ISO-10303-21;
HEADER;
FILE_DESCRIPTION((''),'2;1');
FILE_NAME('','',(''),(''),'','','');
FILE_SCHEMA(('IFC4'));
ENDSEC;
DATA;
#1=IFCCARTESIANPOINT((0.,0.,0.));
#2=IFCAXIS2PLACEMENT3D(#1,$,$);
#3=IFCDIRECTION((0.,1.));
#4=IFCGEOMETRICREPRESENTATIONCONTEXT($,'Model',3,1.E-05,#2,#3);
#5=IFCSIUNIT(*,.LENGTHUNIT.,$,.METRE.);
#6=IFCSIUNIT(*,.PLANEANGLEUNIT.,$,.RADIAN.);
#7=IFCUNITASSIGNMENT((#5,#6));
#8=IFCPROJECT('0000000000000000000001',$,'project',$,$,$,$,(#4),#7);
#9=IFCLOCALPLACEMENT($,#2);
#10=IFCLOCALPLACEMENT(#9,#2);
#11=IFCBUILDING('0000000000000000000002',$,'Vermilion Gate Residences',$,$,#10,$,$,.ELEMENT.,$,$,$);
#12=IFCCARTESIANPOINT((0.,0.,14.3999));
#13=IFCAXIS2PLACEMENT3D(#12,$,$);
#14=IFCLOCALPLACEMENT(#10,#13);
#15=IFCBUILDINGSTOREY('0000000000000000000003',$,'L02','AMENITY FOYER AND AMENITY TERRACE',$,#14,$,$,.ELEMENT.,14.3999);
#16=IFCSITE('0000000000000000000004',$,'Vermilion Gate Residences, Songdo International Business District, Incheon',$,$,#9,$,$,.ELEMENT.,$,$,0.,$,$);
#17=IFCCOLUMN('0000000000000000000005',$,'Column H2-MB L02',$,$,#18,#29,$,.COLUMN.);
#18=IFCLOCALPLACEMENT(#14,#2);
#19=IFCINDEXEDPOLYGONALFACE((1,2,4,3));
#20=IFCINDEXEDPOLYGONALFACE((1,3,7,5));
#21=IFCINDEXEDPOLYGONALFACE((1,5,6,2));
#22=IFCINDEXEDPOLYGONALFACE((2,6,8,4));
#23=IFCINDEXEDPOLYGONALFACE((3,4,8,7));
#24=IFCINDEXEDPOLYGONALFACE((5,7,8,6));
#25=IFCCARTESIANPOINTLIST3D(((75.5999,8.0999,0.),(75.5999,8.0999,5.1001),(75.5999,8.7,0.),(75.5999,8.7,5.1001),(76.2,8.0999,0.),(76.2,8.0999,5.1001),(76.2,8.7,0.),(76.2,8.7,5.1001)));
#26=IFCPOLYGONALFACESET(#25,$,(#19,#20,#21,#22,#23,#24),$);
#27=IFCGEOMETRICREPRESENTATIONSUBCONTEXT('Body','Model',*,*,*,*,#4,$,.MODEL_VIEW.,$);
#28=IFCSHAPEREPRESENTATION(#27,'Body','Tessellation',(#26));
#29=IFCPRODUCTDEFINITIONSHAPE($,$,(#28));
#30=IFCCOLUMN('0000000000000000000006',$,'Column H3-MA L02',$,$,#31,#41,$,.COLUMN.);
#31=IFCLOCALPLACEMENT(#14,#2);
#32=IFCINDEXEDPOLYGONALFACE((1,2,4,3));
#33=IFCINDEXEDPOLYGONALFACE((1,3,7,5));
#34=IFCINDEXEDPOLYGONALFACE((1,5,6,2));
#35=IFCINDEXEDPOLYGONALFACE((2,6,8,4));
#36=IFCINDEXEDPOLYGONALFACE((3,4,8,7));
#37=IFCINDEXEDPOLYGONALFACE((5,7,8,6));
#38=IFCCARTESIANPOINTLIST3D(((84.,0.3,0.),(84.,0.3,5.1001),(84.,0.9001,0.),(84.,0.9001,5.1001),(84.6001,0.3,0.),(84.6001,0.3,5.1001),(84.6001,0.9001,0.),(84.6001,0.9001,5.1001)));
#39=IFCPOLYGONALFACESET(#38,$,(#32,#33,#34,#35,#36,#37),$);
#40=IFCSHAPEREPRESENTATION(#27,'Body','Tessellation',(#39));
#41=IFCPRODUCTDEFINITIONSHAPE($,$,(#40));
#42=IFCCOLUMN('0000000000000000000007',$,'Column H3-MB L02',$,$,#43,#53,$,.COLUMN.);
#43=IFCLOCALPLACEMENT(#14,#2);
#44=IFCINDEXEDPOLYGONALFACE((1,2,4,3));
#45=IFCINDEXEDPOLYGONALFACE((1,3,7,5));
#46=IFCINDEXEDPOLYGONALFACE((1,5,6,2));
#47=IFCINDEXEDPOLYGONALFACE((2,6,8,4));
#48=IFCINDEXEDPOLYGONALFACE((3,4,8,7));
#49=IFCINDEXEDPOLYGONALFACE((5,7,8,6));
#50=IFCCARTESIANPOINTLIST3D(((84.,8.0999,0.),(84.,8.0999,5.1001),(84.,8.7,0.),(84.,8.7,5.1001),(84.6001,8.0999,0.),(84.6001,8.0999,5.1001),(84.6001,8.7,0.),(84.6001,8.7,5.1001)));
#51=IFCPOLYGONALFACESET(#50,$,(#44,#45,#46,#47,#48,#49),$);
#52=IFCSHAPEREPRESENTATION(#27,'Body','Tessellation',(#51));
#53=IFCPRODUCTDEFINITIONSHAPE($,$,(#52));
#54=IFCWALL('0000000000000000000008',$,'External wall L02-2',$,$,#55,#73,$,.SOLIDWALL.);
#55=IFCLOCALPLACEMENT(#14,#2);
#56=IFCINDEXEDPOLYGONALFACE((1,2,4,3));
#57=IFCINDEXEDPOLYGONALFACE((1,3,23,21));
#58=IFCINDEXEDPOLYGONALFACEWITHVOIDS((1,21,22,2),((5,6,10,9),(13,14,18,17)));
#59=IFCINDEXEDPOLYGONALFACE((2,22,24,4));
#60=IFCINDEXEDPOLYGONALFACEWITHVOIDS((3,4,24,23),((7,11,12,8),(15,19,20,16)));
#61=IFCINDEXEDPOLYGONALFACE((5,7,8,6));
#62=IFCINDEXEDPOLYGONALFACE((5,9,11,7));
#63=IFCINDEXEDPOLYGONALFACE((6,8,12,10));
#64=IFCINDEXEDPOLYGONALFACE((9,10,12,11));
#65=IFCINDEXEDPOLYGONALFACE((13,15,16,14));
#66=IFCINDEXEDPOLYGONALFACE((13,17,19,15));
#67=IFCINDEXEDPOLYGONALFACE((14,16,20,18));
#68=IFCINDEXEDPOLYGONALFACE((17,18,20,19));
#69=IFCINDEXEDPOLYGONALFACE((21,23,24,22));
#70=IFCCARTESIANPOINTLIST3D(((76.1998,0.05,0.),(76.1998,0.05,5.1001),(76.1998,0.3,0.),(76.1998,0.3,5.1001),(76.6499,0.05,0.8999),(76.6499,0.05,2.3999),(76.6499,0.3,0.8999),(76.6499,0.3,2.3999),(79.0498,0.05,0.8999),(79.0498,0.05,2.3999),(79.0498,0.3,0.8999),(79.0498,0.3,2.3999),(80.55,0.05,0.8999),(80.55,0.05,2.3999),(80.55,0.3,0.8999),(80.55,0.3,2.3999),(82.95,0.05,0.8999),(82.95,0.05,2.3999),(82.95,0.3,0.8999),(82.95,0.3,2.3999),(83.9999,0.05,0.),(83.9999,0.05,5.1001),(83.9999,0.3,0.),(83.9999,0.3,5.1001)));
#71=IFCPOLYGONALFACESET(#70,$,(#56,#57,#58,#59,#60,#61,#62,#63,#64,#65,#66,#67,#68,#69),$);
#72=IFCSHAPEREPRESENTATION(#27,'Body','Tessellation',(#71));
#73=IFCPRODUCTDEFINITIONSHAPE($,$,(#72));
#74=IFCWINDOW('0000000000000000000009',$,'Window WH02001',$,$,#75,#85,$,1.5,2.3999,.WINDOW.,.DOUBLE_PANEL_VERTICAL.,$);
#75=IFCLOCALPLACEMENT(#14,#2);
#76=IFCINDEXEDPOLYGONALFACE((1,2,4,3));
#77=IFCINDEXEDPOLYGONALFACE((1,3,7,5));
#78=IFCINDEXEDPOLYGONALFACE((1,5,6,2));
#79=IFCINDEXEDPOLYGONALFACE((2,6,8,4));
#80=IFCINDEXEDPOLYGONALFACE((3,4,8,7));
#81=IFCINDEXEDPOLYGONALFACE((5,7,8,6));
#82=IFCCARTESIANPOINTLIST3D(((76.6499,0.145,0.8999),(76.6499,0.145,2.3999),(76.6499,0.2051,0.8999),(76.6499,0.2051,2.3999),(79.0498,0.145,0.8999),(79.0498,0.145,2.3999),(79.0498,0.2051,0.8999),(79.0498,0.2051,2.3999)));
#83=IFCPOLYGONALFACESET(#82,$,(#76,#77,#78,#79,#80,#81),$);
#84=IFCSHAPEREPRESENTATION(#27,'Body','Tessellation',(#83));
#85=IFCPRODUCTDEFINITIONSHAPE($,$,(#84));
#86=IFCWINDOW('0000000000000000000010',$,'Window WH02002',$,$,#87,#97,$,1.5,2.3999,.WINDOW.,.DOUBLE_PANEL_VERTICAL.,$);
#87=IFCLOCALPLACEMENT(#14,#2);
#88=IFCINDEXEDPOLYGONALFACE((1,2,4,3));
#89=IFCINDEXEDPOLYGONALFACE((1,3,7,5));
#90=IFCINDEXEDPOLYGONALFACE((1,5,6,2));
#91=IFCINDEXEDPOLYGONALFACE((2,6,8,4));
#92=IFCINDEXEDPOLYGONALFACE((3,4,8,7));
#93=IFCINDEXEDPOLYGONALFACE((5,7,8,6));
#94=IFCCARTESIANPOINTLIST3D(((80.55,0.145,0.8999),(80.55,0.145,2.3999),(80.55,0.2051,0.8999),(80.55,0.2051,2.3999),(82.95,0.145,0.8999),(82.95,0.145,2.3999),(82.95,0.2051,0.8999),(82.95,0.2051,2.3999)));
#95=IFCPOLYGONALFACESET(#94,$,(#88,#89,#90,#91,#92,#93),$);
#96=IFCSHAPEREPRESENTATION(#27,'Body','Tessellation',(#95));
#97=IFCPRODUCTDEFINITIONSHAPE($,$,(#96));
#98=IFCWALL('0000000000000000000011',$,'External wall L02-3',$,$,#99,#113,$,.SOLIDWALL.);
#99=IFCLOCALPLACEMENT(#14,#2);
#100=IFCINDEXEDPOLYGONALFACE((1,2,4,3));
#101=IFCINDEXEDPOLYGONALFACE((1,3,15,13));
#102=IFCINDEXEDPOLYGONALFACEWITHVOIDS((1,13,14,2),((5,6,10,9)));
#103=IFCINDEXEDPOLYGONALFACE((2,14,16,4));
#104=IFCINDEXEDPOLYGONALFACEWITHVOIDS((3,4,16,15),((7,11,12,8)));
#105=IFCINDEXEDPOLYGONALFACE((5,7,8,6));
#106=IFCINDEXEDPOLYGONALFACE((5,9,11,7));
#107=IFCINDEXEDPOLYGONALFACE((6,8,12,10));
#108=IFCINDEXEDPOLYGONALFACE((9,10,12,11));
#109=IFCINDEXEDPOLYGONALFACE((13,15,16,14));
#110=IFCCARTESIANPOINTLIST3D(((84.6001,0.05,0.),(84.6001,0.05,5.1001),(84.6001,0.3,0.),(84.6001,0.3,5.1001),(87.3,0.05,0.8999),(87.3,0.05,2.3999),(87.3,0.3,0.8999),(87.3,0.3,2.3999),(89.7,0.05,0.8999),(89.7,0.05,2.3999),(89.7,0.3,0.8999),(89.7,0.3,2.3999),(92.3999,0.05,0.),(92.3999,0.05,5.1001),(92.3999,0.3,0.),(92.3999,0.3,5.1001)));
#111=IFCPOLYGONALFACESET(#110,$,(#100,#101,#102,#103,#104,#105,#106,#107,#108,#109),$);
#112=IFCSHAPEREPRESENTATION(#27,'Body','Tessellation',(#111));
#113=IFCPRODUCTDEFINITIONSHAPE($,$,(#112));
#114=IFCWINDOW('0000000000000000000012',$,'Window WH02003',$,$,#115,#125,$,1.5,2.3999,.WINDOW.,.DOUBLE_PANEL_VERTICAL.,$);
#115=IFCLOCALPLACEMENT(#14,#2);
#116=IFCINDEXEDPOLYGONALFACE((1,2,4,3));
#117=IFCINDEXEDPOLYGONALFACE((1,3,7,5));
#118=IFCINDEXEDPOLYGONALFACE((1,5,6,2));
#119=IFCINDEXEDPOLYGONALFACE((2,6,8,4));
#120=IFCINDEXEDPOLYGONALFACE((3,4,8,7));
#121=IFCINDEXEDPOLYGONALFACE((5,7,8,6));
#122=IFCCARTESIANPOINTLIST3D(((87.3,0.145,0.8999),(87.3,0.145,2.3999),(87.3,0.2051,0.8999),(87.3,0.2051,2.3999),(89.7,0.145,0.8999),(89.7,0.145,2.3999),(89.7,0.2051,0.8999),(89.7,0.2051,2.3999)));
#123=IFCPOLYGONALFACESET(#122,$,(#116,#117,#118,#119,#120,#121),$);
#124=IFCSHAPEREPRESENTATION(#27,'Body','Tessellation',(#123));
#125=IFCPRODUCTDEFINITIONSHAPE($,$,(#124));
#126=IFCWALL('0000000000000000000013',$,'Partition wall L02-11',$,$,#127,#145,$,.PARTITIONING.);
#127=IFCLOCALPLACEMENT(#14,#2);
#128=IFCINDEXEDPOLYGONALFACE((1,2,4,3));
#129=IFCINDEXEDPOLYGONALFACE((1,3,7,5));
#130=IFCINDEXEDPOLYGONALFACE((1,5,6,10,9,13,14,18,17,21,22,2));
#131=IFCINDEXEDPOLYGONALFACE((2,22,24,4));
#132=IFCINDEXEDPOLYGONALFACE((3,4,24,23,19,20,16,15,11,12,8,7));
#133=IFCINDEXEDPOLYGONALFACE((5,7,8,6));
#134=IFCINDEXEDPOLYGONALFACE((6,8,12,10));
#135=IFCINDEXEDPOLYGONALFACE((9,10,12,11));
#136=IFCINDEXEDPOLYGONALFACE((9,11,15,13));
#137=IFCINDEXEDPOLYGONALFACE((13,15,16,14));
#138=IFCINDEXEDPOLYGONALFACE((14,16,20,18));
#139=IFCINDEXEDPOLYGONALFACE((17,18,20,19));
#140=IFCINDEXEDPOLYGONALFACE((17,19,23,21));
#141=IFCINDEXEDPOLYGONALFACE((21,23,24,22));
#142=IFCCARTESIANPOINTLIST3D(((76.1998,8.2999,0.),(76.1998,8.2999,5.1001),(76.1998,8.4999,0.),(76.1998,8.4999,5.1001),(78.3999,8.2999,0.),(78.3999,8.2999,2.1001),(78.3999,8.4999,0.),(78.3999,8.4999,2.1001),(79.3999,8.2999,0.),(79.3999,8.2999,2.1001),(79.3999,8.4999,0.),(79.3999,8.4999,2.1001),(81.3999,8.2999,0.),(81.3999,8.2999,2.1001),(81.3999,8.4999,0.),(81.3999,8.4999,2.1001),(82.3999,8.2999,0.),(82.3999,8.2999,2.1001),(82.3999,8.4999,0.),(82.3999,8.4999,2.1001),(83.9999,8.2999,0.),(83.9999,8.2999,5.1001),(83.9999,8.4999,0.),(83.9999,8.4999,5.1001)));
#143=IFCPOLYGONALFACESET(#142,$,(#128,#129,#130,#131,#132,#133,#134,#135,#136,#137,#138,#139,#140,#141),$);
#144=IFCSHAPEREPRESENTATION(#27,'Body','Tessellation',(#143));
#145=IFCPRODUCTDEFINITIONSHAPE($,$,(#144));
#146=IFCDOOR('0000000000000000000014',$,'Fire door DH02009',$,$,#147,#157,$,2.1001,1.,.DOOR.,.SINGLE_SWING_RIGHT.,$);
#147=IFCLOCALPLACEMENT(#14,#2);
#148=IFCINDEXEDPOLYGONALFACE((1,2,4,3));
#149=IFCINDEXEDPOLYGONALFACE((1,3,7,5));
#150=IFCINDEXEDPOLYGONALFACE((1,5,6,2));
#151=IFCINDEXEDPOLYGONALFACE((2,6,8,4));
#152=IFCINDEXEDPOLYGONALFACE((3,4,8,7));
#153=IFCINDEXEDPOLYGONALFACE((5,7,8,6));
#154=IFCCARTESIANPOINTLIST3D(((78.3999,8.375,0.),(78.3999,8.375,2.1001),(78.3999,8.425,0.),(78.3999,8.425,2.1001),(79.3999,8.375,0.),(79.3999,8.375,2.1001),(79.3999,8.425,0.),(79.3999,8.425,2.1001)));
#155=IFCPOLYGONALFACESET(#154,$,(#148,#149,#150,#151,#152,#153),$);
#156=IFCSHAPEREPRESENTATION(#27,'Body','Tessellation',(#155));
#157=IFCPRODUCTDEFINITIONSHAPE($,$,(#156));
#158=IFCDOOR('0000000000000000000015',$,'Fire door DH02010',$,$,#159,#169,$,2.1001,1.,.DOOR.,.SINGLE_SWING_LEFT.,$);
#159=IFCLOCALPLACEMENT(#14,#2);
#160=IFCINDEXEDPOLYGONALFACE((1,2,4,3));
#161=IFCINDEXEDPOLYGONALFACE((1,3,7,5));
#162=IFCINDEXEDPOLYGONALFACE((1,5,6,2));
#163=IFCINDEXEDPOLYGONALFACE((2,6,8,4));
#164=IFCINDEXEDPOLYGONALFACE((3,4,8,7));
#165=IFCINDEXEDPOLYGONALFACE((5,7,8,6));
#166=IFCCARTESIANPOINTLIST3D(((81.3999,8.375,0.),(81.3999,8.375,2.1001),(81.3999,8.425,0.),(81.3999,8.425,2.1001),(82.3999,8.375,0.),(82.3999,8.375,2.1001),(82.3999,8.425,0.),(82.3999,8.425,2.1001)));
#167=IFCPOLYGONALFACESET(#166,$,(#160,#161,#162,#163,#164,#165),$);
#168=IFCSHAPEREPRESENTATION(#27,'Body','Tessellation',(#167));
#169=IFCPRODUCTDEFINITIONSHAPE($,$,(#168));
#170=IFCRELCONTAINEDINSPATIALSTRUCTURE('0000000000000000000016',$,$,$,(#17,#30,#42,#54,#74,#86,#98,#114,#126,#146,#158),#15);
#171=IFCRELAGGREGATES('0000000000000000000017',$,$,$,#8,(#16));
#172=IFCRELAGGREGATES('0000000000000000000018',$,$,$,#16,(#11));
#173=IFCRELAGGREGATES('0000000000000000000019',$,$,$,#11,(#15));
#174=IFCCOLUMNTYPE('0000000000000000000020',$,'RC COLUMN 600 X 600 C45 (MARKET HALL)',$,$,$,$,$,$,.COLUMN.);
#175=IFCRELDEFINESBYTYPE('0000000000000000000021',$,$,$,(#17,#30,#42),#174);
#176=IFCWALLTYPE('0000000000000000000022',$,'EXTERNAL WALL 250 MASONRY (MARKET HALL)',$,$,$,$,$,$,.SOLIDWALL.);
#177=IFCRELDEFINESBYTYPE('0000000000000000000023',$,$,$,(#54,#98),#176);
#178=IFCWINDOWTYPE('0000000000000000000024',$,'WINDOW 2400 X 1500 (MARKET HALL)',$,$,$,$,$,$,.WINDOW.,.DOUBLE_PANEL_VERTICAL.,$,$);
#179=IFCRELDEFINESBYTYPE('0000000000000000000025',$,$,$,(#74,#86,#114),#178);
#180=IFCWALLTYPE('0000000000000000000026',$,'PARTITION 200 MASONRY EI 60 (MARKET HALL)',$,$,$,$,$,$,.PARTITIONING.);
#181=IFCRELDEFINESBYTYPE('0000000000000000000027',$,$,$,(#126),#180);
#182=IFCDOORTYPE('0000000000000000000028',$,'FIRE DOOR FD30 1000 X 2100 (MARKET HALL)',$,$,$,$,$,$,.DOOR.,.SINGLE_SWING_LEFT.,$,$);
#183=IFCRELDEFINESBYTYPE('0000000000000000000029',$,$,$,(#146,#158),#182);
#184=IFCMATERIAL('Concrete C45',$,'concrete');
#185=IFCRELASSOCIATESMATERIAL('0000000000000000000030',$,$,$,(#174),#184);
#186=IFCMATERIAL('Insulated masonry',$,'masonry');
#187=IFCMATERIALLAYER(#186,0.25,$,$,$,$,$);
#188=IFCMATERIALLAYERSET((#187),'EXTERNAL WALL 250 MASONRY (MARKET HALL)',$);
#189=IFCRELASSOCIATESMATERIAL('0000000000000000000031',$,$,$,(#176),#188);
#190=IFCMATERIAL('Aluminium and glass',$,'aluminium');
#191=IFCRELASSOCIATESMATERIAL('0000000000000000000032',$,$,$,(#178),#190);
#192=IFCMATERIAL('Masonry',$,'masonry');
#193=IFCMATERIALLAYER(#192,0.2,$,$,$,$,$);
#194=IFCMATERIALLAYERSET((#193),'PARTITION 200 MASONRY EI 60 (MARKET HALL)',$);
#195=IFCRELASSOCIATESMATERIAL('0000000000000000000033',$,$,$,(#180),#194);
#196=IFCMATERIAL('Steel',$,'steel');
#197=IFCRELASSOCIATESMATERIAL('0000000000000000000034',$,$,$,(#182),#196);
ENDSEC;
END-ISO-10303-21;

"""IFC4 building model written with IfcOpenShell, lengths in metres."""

from ifc_helpers import new_model, si_unit, direction, frame, frame_2d, origin, origin_2d, place, context, subcontext, project, spatial, rectangle, extrude, material, layer, layer_set, material_profile, profile_set, type_object, element, fill, save


model = new_model("IFC4")

# Units and contexts
model_context = context("Model", 3, precision=1e-05, world=origin(), true_north=direction((0.0, 1.0)))
body_context = subcontext(model_context, "Body", "Model", "MODEL_VIEW")
ifc_project = project(units=[si_unit("LENGTHUNIT", "METRE"), si_unit("PLANEANGLEUNIT", "RADIAN")], contexts=[model_context])

# Site, building, storey
site_placement = place(None, origin())
site = spatial("IfcSite", under=ifc_project, at=site_placement, Name="Vermilion Gate Residences, Songdo International Business District, Incheon", CompositionType="ELEMENT", RefElevation=0.0)
building_placement = place(site_placement, origin())
building = spatial("IfcBuilding", under=site, at=building_placement, Name="Vermilion Gate Residences", CompositionType="ELEMENT")
storey_placement = place(building_placement, frame((0.0, 0.0, 14.3999)))
storey = spatial("IfcBuildingStorey", under=building, at=storey_placement, Name="L02", Description="AMENITY FOYER AND AMENITY TERRACE", CompositionType="ELEMENT", Elevation=14.3999)

# Columns
ifc_material_1 = material(Name="Concrete C45", Category="concrete")
ifc_material_profile = material_profile(ifc_material_1, rectangle(XDim=0.6001, YDim=0.6001, at=origin_2d()), Name="RC COLUMN 600 X 600 C45 (MARKET HALL)")
ifc_profile_set = profile_set([ifc_material_profile], Name="Concrete C45")
column_type = type_object("IfcColumnType", Name="RC COLUMN 600 X 600 C45 (MARKET HALL)", PredefinedType="COLUMN", material=ifc_profile_set)
for number, where, z_axis, x_axis, name in (
    (1, (75.8999, 8.3999, 0.0), (0.0, 0.0, 1.0), (1.0, 0.0, 0.0), "Column H2-MB L02"),
    (2, (84.3, 0.6001, 0.0), (0.0, 0.0, 1.0), (1.0, 0.0, 0.0), "Column H3-MA L02"),
    (3, (84.3, 8.3999, 0.0), (0.0, 0.0, 1.0), (1.0, 0.0, 0.0), "Column H3-MB L02"),
):
    element("IfcColumn", number, at=place(storey_placement, frame(where, z_axis=z_axis, x_axis=x_axis)), inside=storey, type_object=column_type, Name=name, PredefinedType="COLUMN", context=body_context, shape_type="SweptSolid", body=[
        extrude(rectangle(XDim=0.6001, YDim=0.6001, at=origin_2d()), origin(), (0.0, 0.0, 1.0), 5.1001),
    ])

# Wall, openings, windows
ifc_material_2 = material(Name="Insulated masonry", Category="masonry")
ifc_layer_1 = layer(ifc_material_2, 0.25)
ifc_layer_set_1 = layer_set([ifc_layer_1], Name="EXTERNAL WALL 250 MASONRY (MARKET HALL)")
wall_type_1 = type_object("IfcWallType", Name="EXTERNAL WALL 250 MASONRY (MARKET HALL)", PredefinedType="SOLIDWALL", material=ifc_layer_set_1)
wall_1_placement = place(storey_placement, frame((76.2, 0.175, 0.0), z_axis=(0.0, 0.0, 1.0), x_axis=(1.0, 0.0, 0.0)))
wall_1 = element("IfcWall", 4, at=wall_1_placement, inside=storey, type_object=wall_type_1, Name="External wall L02-2", PredefinedType="SOLIDWALL", context=body_context, shape_type="SweptSolid", body=[
    extrude(rectangle(XDim=7.8, YDim=0.25, at=frame_2d((3.8999, 0.0))), origin(), (0.0, 0.0, 1.0), 5.1001),
])
opening_1_placement = place(wall_1_placement, frame((0.45, 0.0, 0.8999)))
opening_1 = element("IfcOpeningElement", 5, at=opening_1_placement, cuts=wall_1, PredefinedType="OPENING", context=body_context, shape_type="SweptSolid", body=[
    extrude(rectangle(XDim=2.3999, YDim=1.5, at=frame_2d((1.2, 0.75))), frame((0.0, 0.135, 0.0), z_axis=(0.0, -1.0, 0.0), x_axis=(1.0, 0.0, 0.0)), (0.0, 0.0, 1.0), 0.27),
])
opening_2_placement = place(wall_1_placement, frame((4.3501, 0.0, 0.8999)))
opening_2 = element("IfcOpeningElement", 6, at=opening_2_placement, cuts=wall_1, PredefinedType="OPENING", context=body_context, shape_type="SweptSolid", body=[
    extrude(rectangle(XDim=2.3999, YDim=1.5, at=frame_2d((1.2, 0.75))), frame((0.0, 0.135, 0.0), z_axis=(0.0, -1.0, 0.0), x_axis=(1.0, 0.0, 0.0)), (0.0, 0.0, 1.0), 0.27),
])
ifc_material_3 = material(Name="Aluminium and glass", Category="aluminium")
window_type = type_object("IfcWindowType", Name="WINDOW 2400 X 1500 (MARKET HALL)", PartitioningType="DOUBLE_PANEL_VERTICAL", PredefinedType="WINDOW", material=ifc_material_3)
window_1_placement = place(opening_1_placement, origin())
window_1 = element("IfcWindow", 7, at=window_1_placement, inside=storey, type_object=window_type, Name="Window WH02001", OverallHeight=1.5, OverallWidth=2.3999, PartitioningType="DOUBLE_PANEL_VERTICAL", PredefinedType="WINDOW", context=body_context, shape_type="SweptSolid", body=[
    extrude(rectangle(XDim=2.3999, YDim=1.5, at=frame_2d((1.2, 0.75))), frame((0.0, 0.03, 0.0), z_axis=(0.0, -1.0, 0.0), x_axis=(1.0, 0.0, 0.0)), (0.0, 0.0, 1.0), 0.0601),
])
fill(opening_1, window_1)
window_2_placement = place(opening_2_placement, origin())
window_2 = element("IfcWindow", 8, at=window_2_placement, inside=storey, type_object=window_type, Name="Window WH02002", OverallHeight=1.5, OverallWidth=2.3999, PartitioningType="DOUBLE_PANEL_VERTICAL", PredefinedType="WINDOW", context=body_context, shape_type="SweptSolid", body=[
    extrude(rectangle(XDim=2.3999, YDim=1.5, at=frame_2d((1.2, 0.75))), frame((0.0, 0.03, 0.0), z_axis=(0.0, -1.0, 0.0), x_axis=(1.0, 0.0, 0.0)), (0.0, 0.0, 1.0), 0.0601),
])
fill(opening_2, window_2)

# Wall, opening, window
wall_2_placement = place(storey_placement, frame((84.6001, 0.175, 0.0), z_axis=(0.0, 0.0, 1.0), x_axis=(1.0, 0.0, 0.0)))
wall_2 = element("IfcWall", 9, at=wall_2_placement, inside=storey, type_object=wall_type_1, Name="External wall L02-3", PredefinedType="SOLIDWALL", context=body_context, shape_type="SweptSolid", body=[
    extrude(rectangle(XDim=7.7998, YDim=0.25, at=frame_2d((3.8999, 0.0))), origin(), (0.0, 0.0, 1.0), 5.1001),
])
opening_3_placement = place(wall_2_placement, frame((2.7, 0.0, 0.8999)))
opening_3 = element("IfcOpeningElement", 10, at=opening_3_placement, cuts=wall_2, PredefinedType="OPENING", context=body_context, shape_type="SweptSolid", body=[
    extrude(rectangle(XDim=2.3999, YDim=1.5, at=frame_2d((1.2, 0.75))), frame((0.0, 0.135, 0.0), z_axis=(0.0, -1.0, 0.0), x_axis=(1.0, 0.0, 0.0)), (0.0, 0.0, 1.0), 0.27),
])
window_3_placement = place(opening_3_placement, origin())
window_3 = element("IfcWindow", 11, at=window_3_placement, inside=storey, type_object=window_type, Name="Window WH02003", OverallHeight=1.5, OverallWidth=2.3999, PartitioningType="DOUBLE_PANEL_VERTICAL", PredefinedType="WINDOW", context=body_context, shape_type="SweptSolid", body=[
    extrude(rectangle(XDim=2.3999, YDim=1.5, at=frame_2d((1.2, 0.75))), frame((0.0, 0.03, 0.0), z_axis=(0.0, -1.0, 0.0), x_axis=(1.0, 0.0, 0.0)), (0.0, 0.0, 1.0), 0.0601),
])
fill(opening_3, window_3)

# Wall, openings, doors
ifc_material_4 = material(Name="Masonry", Category="masonry")
ifc_layer_2 = layer(ifc_material_4, 0.2)
ifc_layer_set_2 = layer_set([ifc_layer_2], Name="PARTITION 200 MASONRY EI 60 (MARKET HALL)")
wall_type_2 = type_object("IfcWallType", Name="PARTITION 200 MASONRY EI 60 (MARKET HALL)", PredefinedType="PARTITIONING", material=ifc_layer_set_2)
wall_3_placement = place(storey_placement, frame((76.2, 8.3999, 0.0), z_axis=(0.0, 0.0, 1.0), x_axis=(1.0, 0.0, 0.0)))
wall_3 = element("IfcWall", 12, at=wall_3_placement, inside=storey, type_object=wall_type_2, Name="Partition wall L02-11", PredefinedType="PARTITIONING", context=body_context, shape_type="SweptSolid", body=[
    extrude(rectangle(XDim=7.8, YDim=0.2, at=frame_2d((3.8999, 0.0))), origin(), (0.0, 0.0, 1.0), 5.1001),
])
opening_4_placement = place(wall_3_placement, frame((2.2, 0.0, 0.0)))
opening_4 = element("IfcOpeningElement", 13, at=opening_4_placement, cuts=wall_3, PredefinedType="OPENING", context=body_context, shape_type="SweptSolid", body=[
    extrude(rectangle(XDim=1.0, YDim=2.1001, at=frame_2d((0.5, 1.05))), frame((0.0, 0.1099, 0.0), z_axis=(0.0, -1.0, 0.0), x_axis=(1.0, 0.0, 0.0)), (0.0, 0.0, 1.0), 0.22),
])
opening_5_placement = place(wall_3_placement, frame((5.2, 0.0, 0.0)))
opening_5 = element("IfcOpeningElement", 14, at=opening_5_placement, cuts=wall_3, PredefinedType="OPENING", context=body_context, shape_type="SweptSolid", body=[
    extrude(rectangle(XDim=1.0, YDim=2.1001, at=frame_2d((0.5, 1.05))), frame((0.0, 0.1099, 0.0), z_axis=(0.0, -1.0, 0.0), x_axis=(1.0, 0.0, 0.0)), (0.0, 0.0, 1.0), 0.22),
])
ifc_material_5 = material(Name="Steel", Category="steel")
door_type = type_object("IfcDoorType", Name="FIRE DOOR FD30 1000 X 2100 (MARKET HALL)", OperationType="SINGLE_SWING_LEFT", PredefinedType="DOOR", material=ifc_material_5)
door_1_placement = place(opening_4_placement, frame((1.0, 0.0, 0.0), z_axis=(0.0, 0.0, 1.0), x_axis=(-1.0, 0.0, 0.0)))
door_1 = element("IfcDoor", 15, at=door_1_placement, inside=storey, type_object=door_type, Name="Fire door DH02009", OperationType="SINGLE_SWING_RIGHT", OverallHeight=2.1001, OverallWidth=1.0, PredefinedType="DOOR", context=body_context, shape_type="SweptSolid", body=[
    extrude(rectangle(XDim=1.0, YDim=2.1001, at=frame_2d((0.5, 1.05))), frame((0.0, 0.0249, 0.0), z_axis=(0.0, -1.0, 0.0), x_axis=(1.0, 0.0, 0.0)), (0.0, 0.0, 1.0), 0.05),
])
fill(opening_4, door_1)
door_2_placement = place(opening_5_placement, frame((1.0, 0.0, 0.0), z_axis=(0.0, 0.0, 1.0), x_axis=(-1.0, 0.0, 0.0)))
door_2 = element("IfcDoor", 16, at=door_2_placement, inside=storey, type_object=door_type, Name="Fire door DH02010", OperationType="SINGLE_SWING_LEFT", OverallHeight=2.1001, OverallWidth=1.0, PredefinedType="DOOR", context=body_context, shape_type="SweptSolid", body=[
    extrude(rectangle(XDim=1.0, YDim=2.1001, at=frame_2d((0.5, 1.05))), frame((0.0, 0.0249, 0.0), z_axis=(0.0, -1.0, 0.0), x_axis=(1.0, 0.0, 0.0)), (0.0, 0.0, 1.0), 0.05),
])
fill(opening_5, door_2)

save(model, "model.ifc")
